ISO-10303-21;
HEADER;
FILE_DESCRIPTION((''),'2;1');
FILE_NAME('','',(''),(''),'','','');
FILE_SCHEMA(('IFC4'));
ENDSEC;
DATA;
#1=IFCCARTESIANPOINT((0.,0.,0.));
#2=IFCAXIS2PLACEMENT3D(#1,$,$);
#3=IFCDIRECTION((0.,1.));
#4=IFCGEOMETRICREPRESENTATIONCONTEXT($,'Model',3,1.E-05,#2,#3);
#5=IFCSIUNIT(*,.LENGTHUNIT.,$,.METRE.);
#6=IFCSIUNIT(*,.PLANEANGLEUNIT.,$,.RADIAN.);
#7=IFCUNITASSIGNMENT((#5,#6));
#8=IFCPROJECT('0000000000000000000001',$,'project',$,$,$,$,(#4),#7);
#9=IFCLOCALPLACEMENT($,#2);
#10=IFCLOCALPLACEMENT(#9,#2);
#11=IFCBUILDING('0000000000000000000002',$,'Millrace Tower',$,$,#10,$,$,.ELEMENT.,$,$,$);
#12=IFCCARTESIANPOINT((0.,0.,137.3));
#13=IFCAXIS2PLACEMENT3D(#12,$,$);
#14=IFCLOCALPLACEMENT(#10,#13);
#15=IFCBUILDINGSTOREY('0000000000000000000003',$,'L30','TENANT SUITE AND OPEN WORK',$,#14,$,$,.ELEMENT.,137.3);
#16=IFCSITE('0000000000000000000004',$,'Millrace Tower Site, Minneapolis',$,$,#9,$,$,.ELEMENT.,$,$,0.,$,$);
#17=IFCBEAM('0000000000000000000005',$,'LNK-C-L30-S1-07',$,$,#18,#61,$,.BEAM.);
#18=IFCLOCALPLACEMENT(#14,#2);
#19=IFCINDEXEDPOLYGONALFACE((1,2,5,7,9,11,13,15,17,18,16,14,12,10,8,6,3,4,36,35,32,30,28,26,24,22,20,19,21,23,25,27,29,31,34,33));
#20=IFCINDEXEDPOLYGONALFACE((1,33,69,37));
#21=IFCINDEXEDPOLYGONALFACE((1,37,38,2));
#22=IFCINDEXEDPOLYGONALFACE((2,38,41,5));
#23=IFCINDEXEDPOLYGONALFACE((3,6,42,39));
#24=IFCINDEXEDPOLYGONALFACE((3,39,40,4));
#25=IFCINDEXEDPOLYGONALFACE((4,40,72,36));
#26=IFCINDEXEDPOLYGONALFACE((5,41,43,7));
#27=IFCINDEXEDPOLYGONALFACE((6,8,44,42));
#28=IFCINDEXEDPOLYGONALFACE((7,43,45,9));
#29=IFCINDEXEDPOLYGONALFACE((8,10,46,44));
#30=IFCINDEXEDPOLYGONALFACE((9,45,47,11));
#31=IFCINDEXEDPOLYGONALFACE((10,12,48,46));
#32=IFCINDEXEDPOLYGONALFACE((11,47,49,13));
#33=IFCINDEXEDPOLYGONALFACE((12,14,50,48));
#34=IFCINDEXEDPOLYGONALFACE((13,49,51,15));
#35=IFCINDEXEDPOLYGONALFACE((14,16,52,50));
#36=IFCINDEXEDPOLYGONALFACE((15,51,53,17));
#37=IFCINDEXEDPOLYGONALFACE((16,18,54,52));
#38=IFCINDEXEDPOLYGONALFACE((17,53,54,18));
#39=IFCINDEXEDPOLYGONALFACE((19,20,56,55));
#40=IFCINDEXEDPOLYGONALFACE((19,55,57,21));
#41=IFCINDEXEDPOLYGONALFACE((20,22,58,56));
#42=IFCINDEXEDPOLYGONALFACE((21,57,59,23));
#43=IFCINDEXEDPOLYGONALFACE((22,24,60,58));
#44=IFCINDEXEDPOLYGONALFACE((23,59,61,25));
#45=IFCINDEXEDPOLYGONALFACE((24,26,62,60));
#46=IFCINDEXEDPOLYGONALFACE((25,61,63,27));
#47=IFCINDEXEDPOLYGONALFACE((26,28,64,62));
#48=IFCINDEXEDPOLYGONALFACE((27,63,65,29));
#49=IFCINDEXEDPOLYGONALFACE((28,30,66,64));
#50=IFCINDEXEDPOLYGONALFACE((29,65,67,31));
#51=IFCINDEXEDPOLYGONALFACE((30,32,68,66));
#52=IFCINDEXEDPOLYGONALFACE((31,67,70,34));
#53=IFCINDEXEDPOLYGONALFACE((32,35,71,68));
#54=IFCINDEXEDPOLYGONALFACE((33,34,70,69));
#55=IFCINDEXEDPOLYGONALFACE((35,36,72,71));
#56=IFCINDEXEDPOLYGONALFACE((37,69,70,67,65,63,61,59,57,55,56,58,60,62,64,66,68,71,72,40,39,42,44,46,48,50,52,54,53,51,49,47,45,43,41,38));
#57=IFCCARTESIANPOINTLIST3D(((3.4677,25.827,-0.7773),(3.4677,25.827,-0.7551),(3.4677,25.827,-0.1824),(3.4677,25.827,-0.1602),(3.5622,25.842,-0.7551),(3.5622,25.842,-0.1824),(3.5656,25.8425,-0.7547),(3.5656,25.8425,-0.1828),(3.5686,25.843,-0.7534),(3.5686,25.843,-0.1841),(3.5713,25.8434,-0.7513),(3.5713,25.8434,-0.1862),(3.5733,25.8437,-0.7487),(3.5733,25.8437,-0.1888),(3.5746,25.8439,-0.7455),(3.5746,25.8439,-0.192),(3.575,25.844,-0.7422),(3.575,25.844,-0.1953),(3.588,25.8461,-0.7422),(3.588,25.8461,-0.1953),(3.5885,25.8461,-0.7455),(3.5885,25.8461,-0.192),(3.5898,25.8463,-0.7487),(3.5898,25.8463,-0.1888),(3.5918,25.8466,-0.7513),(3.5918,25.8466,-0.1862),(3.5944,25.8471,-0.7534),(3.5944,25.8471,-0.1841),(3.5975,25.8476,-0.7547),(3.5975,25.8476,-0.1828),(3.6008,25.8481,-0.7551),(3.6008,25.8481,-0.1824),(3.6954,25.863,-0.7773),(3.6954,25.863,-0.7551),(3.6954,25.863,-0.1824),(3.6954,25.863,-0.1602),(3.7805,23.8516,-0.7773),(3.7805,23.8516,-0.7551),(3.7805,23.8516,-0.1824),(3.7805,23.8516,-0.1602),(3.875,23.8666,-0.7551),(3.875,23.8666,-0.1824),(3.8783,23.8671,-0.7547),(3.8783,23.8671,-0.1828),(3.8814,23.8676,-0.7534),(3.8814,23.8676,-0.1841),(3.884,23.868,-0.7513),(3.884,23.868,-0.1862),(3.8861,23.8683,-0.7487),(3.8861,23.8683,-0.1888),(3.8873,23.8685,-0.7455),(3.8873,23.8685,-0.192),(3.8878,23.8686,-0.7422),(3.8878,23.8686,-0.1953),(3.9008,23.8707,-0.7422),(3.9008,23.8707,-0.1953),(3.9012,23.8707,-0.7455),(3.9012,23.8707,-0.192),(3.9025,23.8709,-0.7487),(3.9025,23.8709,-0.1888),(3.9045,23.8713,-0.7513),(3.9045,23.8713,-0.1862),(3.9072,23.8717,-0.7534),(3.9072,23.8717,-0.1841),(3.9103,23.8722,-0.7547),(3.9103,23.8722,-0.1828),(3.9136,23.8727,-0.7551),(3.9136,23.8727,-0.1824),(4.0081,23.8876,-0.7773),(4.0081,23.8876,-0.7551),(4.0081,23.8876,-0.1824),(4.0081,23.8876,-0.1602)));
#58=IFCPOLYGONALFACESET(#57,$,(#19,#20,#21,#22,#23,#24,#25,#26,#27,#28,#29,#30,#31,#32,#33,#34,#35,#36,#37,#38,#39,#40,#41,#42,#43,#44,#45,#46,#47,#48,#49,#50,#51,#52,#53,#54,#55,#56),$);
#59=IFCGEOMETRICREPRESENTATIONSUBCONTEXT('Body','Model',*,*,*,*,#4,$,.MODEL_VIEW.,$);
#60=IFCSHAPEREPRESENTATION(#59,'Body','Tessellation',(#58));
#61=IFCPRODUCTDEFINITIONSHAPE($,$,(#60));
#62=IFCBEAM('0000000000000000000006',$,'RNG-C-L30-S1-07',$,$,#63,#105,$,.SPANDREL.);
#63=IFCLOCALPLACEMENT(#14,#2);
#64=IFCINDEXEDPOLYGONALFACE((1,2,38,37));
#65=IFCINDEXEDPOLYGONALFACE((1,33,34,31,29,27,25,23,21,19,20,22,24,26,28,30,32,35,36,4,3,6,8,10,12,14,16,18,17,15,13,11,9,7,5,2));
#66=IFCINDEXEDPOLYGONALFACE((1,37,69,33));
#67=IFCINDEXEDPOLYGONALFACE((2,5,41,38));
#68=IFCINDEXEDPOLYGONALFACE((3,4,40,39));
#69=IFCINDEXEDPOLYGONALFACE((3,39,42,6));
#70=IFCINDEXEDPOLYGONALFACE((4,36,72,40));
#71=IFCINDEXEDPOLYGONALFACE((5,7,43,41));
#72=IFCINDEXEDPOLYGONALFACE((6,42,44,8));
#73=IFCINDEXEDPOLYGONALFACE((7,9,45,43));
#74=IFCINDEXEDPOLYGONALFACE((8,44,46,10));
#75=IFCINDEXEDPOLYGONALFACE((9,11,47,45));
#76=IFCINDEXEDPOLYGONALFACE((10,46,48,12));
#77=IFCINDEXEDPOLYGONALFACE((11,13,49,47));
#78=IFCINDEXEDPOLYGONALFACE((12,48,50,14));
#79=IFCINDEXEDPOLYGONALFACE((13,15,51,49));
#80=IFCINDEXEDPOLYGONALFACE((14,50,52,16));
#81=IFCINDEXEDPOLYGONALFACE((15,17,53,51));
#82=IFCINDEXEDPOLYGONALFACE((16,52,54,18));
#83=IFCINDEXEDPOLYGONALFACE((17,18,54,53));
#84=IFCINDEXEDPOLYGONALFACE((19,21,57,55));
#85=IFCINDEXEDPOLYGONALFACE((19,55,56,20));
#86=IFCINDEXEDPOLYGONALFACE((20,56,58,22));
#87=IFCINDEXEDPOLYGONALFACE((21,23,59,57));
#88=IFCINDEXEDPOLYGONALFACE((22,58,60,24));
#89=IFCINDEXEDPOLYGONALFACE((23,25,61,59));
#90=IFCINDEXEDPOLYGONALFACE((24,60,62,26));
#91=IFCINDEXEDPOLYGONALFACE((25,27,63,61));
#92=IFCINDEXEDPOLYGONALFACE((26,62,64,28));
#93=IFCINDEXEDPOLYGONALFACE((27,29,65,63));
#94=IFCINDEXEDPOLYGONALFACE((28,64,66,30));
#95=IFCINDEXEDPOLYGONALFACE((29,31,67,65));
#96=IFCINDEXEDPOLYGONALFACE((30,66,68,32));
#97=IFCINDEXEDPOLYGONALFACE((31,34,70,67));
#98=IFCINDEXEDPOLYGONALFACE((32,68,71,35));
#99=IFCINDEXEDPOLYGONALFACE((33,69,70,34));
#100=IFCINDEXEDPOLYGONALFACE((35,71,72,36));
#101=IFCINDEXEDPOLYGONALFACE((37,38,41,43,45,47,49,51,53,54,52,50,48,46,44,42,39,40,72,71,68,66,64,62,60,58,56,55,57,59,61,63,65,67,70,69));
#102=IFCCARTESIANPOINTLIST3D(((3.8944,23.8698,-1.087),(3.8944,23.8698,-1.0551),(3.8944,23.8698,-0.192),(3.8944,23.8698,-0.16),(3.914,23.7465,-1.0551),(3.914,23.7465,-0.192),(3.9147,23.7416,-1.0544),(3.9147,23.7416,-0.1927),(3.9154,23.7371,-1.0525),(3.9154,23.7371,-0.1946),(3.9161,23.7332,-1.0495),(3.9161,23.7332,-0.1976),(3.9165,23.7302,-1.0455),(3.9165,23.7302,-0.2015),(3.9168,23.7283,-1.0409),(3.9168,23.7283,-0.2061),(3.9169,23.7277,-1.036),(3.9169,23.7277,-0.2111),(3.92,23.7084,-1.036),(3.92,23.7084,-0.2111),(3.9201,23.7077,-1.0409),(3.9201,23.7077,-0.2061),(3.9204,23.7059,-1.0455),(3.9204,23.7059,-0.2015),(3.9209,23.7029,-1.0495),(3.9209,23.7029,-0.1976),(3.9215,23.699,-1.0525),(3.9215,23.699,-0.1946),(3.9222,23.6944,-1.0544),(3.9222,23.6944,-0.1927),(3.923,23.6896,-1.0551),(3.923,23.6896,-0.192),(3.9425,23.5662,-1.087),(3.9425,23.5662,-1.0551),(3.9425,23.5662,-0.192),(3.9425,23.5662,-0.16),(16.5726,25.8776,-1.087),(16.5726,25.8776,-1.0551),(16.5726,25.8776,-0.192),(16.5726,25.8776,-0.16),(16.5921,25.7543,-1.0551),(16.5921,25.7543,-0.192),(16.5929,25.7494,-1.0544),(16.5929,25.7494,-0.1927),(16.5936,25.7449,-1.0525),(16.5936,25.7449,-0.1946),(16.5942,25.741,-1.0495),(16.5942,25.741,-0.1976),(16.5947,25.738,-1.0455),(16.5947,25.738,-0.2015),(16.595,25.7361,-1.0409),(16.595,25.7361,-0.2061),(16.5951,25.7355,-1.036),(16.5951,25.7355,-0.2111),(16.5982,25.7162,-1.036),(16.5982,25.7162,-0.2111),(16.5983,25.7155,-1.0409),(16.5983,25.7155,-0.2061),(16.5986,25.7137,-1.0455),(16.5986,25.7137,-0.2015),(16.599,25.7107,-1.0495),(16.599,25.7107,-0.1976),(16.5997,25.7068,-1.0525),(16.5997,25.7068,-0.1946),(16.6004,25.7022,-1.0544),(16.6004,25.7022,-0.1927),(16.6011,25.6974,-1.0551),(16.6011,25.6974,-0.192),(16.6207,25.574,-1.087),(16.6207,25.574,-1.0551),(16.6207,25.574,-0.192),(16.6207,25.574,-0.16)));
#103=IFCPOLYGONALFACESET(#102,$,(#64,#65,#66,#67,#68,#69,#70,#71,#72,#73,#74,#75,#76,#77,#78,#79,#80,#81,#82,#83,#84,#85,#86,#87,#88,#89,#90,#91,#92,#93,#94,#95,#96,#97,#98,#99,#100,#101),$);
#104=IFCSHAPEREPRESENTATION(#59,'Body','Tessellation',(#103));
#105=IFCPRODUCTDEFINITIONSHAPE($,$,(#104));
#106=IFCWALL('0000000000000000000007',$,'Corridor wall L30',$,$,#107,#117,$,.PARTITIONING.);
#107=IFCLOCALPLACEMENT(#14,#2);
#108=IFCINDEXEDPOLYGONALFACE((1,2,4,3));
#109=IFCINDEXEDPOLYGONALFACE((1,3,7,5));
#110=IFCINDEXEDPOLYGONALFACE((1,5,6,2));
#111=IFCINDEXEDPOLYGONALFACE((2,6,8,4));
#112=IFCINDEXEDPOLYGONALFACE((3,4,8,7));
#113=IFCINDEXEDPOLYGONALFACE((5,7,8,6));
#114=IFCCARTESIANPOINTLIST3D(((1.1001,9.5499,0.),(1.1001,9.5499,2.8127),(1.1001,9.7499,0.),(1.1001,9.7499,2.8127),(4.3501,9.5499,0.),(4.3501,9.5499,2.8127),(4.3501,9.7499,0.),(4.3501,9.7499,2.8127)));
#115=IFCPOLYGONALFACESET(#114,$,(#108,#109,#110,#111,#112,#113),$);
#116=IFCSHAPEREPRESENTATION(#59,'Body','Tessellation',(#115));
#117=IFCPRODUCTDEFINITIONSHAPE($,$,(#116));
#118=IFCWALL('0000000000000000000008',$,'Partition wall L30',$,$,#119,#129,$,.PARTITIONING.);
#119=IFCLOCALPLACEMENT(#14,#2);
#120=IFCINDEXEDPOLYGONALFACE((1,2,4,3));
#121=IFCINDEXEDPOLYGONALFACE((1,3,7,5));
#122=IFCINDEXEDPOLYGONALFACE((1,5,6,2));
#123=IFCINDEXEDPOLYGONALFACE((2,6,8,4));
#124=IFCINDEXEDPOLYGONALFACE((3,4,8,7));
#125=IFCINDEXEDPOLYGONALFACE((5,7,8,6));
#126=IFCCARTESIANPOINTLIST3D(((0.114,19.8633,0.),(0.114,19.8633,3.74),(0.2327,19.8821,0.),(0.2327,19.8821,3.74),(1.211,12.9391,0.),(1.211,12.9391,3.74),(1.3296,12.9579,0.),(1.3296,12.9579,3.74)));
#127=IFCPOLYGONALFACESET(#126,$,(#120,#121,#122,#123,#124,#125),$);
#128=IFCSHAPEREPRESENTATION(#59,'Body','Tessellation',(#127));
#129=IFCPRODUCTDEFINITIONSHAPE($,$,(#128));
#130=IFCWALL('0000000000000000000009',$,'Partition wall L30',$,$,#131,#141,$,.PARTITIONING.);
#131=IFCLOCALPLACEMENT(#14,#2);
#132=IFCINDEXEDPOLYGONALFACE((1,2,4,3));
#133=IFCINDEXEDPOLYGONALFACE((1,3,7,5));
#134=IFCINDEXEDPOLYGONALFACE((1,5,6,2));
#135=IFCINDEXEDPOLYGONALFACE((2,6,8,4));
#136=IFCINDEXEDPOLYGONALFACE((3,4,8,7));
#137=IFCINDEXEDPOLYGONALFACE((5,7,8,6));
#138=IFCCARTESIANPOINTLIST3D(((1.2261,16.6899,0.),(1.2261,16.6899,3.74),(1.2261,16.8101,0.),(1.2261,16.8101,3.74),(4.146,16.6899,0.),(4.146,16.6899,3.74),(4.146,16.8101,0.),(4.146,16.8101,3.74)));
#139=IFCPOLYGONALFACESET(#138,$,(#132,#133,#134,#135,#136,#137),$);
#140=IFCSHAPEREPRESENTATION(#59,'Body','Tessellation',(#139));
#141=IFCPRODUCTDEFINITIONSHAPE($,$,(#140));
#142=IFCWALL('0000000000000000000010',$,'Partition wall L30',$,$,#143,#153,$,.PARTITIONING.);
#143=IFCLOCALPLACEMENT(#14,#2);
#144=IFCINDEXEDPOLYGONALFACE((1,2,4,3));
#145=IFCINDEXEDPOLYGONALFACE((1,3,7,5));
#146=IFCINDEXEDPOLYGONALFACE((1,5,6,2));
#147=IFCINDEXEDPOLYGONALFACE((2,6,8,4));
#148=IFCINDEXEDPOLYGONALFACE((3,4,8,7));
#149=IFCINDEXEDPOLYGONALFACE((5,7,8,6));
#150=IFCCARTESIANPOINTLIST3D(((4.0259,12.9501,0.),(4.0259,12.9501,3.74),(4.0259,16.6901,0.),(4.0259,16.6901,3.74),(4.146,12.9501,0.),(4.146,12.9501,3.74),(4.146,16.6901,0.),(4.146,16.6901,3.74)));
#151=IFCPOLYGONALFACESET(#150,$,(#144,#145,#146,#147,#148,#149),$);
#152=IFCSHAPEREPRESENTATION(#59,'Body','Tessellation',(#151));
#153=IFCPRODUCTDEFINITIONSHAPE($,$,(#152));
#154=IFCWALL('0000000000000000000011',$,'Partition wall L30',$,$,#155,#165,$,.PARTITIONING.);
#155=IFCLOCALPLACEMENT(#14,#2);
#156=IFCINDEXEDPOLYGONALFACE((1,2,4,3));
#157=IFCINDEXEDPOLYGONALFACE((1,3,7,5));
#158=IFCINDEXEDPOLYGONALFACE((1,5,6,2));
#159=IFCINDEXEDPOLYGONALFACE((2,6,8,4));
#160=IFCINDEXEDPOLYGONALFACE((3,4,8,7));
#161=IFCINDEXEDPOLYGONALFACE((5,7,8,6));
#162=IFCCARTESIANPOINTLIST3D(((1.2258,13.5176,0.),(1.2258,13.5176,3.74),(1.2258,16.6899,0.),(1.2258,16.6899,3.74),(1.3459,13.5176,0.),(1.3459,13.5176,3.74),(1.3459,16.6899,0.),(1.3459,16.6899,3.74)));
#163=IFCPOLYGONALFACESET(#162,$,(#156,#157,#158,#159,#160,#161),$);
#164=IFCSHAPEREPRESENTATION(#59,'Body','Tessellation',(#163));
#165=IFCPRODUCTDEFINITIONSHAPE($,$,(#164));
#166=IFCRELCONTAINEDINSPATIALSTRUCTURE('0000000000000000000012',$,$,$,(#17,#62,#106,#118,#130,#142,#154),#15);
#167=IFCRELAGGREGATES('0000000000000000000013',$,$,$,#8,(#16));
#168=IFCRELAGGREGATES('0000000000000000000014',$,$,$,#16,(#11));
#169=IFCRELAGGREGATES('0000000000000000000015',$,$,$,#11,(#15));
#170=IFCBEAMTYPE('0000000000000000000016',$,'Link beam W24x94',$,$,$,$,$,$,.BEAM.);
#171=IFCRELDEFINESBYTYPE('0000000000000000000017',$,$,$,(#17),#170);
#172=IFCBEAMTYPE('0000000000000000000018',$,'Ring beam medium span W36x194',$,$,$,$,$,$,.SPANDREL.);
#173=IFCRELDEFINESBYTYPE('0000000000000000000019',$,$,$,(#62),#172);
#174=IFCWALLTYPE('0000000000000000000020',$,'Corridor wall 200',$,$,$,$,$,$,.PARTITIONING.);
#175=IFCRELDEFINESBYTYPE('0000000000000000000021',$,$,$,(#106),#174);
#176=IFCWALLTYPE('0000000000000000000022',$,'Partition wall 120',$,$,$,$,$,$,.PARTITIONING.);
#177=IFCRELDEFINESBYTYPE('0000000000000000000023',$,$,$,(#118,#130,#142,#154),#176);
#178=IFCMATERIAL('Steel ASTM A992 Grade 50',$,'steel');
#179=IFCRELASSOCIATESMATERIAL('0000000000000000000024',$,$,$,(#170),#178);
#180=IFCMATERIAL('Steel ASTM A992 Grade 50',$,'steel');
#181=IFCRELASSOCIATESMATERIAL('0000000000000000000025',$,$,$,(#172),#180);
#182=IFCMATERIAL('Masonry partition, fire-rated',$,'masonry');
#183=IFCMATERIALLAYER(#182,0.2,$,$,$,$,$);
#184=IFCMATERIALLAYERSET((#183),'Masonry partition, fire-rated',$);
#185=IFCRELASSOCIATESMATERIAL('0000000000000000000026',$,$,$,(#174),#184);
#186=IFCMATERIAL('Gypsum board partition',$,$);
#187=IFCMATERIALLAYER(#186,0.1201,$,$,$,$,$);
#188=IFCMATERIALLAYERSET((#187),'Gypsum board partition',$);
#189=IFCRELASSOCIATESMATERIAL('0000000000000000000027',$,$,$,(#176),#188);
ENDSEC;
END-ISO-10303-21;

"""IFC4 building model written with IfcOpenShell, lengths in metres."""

from ifc_helpers import new_model, si_unit, direction, frame, frame_2d, origin, origin_2d, place, context, subcontext, project, spatial, rectangle, i_section, extrude, material, layer, layer_set, material_profile, profile_set, type_object, element, save


model = new_model("IFC4")

# Units and contexts
model_context = context("Model", 3, precision=1e-05, world=origin(), true_north=direction((0.0, 1.0)))
body_context = subcontext(model_context, "Body", "Model", "MODEL_VIEW")
ifc_project = project(units=[si_unit("LENGTHUNIT", "METRE"), si_unit("PLANEANGLEUNIT", "RADIAN")], contexts=[model_context])

# Site, building, storey
site_placement = place(None, origin())
site = spatial("IfcSite", under=ifc_project, at=site_placement, Name="Millrace Tower Site, Minneapolis", CompositionType="ELEMENT", RefElevation=0.0)
building_placement = place(site_placement, origin())
building = spatial("IfcBuilding", under=site, at=building_placement, Name="Millrace Tower", CompositionType="ELEMENT")
storey_placement = place(building_placement, frame((0.0, 0.0, 137.3)))
storey = spatial("IfcBuildingStorey", under=building, at=storey_placement, Name="L30", Description="TENANT SUITE AND OPEN WORK", CompositionType="ELEMENT", Elevation=137.3)

# Beams
ifc_material_1 = material(Name="Steel ASTM A992 Grade 50", Category="steel")
ifc_material_profile_1 = material_profile(ifc_material_1, i_section(OverallWidth=0.2305, OverallDepth=0.6172, WebThickness=0.0132, FlangeThickness=0.0222, FilletRadius=0.0129, at=origin_2d()))
ifc_profile_set_1 = profile_set([ifc_material_profile_1], Name="Steel ASTM A992 Grade 50")
beam_type_1 = type_object("IfcBeamType", Name="Link beam W24x94", PredefinedType="BEAM", material=ifc_profile_set_1)
beam_1_placement = place(storey_placement, frame((3.8943, 23.8696, -0.4688), z_axis=(-0.156376, 0.987698, 0.0), x_axis=(-0.987698, -0.156376, 0.0)))
element("IfcBeam", 1, at=beam_1_placement, inside=storey, type_object=beam_type_1, Name="LNK-C-L30-S1-07", PredefinedType="BEAM", context=body_context, shape_type="SweptSolid", body=[
    extrude(i_section(OverallWidth=0.2305, OverallDepth=0.6172, WebThickness=0.0132, FlangeThickness=0.0222, FilletRadius=0.0129, at=origin_2d()), origin(), (0.0, 0.0, 1.0), 2.0),
])
ifc_material_2 = material(Name="Steel ASTM A992 Grade 50", Category="steel")
ifc_material_profile_2 = material_profile(ifc_material_2, i_section(OverallWidth=0.3074, OverallDepth=0.927, WebThickness=0.0195, FlangeThickness=0.032, FilletRadius=0.019, at=origin_2d()))
ifc_profile_set_2 = profile_set([ifc_material_profile_2], Name="Steel ASTM A992 Grade 50")
beam_type_2 = type_object("IfcBeamType", Name="Ring beam medium span W36x194", PredefinedType="SPANDREL", material=ifc_profile_set_2)
beam_2_placement = place(storey_placement, frame((3.9185, 23.718, -0.6235), z_axis=(0.987691, 0.156418, 0.0), x_axis=(-0.156418, 0.987691, 0.0)))
element("IfcBeam", 2, at=beam_2_placement, inside=storey, type_object=beam_type_2, Name="RNG-C-L30-S1-07", PredefinedType="SPANDREL", context=body_context, shape_type="SweptSolid", body=[
    extrude(i_section(OverallWidth=0.3074, OverallDepth=0.927, WebThickness=0.0195, FlangeThickness=0.032, FilletRadius=0.019, at=origin_2d()), origin(), (0.0, 0.0, 1.0), 12.8362),
])

# Walls
ifc_material_3 = material(Name="Masonry partition, fire-rated", Category="masonry")
ifc_layer_1 = layer(ifc_material_3, 0.2)
ifc_layer_set_1 = layer_set([ifc_layer_1], Name="Masonry partition, fire-rated")
wall_type_1 = type_object("IfcWallType", Name="Corridor wall 200", PredefinedType="PARTITIONING", material=ifc_layer_set_1)
wall_1_placement = place(storey_placement, frame((1.1001, 9.6499, 0.0), z_axis=(0.0, 0.0, 1.0), x_axis=(1.0, 0.0, 0.0)))
element("IfcWall", 3, at=wall_1_placement, inside=storey, type_object=wall_type_1, Name="Corridor wall L30", PredefinedType="PARTITIONING", context=body_context, shape_type="SweptSolid", body=[
    extrude(rectangle(XDim=3.25, YDim=0.2, at=frame_2d((1.625, 0.0))), origin(), (0.0, 0.0, 1.0), 2.8127),
])
ifc_material_4 = material(Name="Gypsum board partition")
ifc_layer_2 = layer(ifc_material_4, 0.1201)
ifc_layer_set_2 = layer_set([ifc_layer_2], Name="Gypsum board partition")
wall_type_2 = type_object("IfcWallType", Name="Partition wall 120", PredefinedType="PARTITIONING", material=ifc_layer_set_2)
wall_2_placement = place(storey_placement, frame((0.1733, 19.8728, 0.0), z_axis=(0.0, 0.0, 1.0), x_axis=(0.15647, -0.987683, 0.0)))
element("IfcWall", 4, at=wall_2_placement, inside=storey, type_object=wall_type_2, Name="Partition wall L30", PredefinedType="PARTITIONING", context=body_context, shape_type="SweptSolid", body=[
    extrude(rectangle(XDim=7.0105, YDim=0.1201, at=frame_2d((3.5054, 0.0))), origin(), (0.0, 0.0, 1.0), 3.74),
])
wall_3_placement = place(storey_placement, frame((1.2261, 16.75, 0.0), z_axis=(0.0, 0.0, 1.0), x_axis=(1.0, 0.0, 0.0)))
element("IfcWall", 5, at=wall_3_placement, inside=storey, type_object=wall_type_2, Name="Partition wall L30", PredefinedType="PARTITIONING", context=body_context, shape_type="SweptSolid", body=[
    extrude(rectangle(XDim=2.9199, YDim=0.1201, at=frame_2d((1.46, 0.0))), origin(), (0.0, 0.0, 1.0), 3.74),
])
wall_4_placement = place(storey_placement, frame((4.0859, 12.95, 0.0), z_axis=(0.0, 0.0, 1.0), x_axis=(0.0, 1.0, 0.0)))
element("IfcWall", 6, at=wall_4_placement, inside=storey, type_object=wall_type_2, Name="Partition wall L30", PredefinedType="PARTITIONING", context=body_context, shape_type="SweptSolid", body=[
    extrude(rectangle(XDim=3.74, YDim=0.1201, at=frame_2d((1.8701, 0.0))), origin(), (0.0, 0.0, 1.0), 3.74),
])
wall_5_placement = place(storey_placement, frame((1.2859, 13.5176, 0.0), z_axis=(0.0, 0.0, 1.0), x_axis=(0.0, 1.0, 0.0)))
element("IfcWall", 7, at=wall_5_placement, inside=storey, type_object=wall_type_2, Name="Partition wall L30", PredefinedType="PARTITIONING", context=body_context, shape_type="SweptSolid", body=[
    extrude(rectangle(XDim=3.1724, YDim=0.1201, at=frame_2d((1.5862, 0.0))), origin(), (0.0, 0.0, 1.0), 3.74),
])

save(model, "model.ifc")
